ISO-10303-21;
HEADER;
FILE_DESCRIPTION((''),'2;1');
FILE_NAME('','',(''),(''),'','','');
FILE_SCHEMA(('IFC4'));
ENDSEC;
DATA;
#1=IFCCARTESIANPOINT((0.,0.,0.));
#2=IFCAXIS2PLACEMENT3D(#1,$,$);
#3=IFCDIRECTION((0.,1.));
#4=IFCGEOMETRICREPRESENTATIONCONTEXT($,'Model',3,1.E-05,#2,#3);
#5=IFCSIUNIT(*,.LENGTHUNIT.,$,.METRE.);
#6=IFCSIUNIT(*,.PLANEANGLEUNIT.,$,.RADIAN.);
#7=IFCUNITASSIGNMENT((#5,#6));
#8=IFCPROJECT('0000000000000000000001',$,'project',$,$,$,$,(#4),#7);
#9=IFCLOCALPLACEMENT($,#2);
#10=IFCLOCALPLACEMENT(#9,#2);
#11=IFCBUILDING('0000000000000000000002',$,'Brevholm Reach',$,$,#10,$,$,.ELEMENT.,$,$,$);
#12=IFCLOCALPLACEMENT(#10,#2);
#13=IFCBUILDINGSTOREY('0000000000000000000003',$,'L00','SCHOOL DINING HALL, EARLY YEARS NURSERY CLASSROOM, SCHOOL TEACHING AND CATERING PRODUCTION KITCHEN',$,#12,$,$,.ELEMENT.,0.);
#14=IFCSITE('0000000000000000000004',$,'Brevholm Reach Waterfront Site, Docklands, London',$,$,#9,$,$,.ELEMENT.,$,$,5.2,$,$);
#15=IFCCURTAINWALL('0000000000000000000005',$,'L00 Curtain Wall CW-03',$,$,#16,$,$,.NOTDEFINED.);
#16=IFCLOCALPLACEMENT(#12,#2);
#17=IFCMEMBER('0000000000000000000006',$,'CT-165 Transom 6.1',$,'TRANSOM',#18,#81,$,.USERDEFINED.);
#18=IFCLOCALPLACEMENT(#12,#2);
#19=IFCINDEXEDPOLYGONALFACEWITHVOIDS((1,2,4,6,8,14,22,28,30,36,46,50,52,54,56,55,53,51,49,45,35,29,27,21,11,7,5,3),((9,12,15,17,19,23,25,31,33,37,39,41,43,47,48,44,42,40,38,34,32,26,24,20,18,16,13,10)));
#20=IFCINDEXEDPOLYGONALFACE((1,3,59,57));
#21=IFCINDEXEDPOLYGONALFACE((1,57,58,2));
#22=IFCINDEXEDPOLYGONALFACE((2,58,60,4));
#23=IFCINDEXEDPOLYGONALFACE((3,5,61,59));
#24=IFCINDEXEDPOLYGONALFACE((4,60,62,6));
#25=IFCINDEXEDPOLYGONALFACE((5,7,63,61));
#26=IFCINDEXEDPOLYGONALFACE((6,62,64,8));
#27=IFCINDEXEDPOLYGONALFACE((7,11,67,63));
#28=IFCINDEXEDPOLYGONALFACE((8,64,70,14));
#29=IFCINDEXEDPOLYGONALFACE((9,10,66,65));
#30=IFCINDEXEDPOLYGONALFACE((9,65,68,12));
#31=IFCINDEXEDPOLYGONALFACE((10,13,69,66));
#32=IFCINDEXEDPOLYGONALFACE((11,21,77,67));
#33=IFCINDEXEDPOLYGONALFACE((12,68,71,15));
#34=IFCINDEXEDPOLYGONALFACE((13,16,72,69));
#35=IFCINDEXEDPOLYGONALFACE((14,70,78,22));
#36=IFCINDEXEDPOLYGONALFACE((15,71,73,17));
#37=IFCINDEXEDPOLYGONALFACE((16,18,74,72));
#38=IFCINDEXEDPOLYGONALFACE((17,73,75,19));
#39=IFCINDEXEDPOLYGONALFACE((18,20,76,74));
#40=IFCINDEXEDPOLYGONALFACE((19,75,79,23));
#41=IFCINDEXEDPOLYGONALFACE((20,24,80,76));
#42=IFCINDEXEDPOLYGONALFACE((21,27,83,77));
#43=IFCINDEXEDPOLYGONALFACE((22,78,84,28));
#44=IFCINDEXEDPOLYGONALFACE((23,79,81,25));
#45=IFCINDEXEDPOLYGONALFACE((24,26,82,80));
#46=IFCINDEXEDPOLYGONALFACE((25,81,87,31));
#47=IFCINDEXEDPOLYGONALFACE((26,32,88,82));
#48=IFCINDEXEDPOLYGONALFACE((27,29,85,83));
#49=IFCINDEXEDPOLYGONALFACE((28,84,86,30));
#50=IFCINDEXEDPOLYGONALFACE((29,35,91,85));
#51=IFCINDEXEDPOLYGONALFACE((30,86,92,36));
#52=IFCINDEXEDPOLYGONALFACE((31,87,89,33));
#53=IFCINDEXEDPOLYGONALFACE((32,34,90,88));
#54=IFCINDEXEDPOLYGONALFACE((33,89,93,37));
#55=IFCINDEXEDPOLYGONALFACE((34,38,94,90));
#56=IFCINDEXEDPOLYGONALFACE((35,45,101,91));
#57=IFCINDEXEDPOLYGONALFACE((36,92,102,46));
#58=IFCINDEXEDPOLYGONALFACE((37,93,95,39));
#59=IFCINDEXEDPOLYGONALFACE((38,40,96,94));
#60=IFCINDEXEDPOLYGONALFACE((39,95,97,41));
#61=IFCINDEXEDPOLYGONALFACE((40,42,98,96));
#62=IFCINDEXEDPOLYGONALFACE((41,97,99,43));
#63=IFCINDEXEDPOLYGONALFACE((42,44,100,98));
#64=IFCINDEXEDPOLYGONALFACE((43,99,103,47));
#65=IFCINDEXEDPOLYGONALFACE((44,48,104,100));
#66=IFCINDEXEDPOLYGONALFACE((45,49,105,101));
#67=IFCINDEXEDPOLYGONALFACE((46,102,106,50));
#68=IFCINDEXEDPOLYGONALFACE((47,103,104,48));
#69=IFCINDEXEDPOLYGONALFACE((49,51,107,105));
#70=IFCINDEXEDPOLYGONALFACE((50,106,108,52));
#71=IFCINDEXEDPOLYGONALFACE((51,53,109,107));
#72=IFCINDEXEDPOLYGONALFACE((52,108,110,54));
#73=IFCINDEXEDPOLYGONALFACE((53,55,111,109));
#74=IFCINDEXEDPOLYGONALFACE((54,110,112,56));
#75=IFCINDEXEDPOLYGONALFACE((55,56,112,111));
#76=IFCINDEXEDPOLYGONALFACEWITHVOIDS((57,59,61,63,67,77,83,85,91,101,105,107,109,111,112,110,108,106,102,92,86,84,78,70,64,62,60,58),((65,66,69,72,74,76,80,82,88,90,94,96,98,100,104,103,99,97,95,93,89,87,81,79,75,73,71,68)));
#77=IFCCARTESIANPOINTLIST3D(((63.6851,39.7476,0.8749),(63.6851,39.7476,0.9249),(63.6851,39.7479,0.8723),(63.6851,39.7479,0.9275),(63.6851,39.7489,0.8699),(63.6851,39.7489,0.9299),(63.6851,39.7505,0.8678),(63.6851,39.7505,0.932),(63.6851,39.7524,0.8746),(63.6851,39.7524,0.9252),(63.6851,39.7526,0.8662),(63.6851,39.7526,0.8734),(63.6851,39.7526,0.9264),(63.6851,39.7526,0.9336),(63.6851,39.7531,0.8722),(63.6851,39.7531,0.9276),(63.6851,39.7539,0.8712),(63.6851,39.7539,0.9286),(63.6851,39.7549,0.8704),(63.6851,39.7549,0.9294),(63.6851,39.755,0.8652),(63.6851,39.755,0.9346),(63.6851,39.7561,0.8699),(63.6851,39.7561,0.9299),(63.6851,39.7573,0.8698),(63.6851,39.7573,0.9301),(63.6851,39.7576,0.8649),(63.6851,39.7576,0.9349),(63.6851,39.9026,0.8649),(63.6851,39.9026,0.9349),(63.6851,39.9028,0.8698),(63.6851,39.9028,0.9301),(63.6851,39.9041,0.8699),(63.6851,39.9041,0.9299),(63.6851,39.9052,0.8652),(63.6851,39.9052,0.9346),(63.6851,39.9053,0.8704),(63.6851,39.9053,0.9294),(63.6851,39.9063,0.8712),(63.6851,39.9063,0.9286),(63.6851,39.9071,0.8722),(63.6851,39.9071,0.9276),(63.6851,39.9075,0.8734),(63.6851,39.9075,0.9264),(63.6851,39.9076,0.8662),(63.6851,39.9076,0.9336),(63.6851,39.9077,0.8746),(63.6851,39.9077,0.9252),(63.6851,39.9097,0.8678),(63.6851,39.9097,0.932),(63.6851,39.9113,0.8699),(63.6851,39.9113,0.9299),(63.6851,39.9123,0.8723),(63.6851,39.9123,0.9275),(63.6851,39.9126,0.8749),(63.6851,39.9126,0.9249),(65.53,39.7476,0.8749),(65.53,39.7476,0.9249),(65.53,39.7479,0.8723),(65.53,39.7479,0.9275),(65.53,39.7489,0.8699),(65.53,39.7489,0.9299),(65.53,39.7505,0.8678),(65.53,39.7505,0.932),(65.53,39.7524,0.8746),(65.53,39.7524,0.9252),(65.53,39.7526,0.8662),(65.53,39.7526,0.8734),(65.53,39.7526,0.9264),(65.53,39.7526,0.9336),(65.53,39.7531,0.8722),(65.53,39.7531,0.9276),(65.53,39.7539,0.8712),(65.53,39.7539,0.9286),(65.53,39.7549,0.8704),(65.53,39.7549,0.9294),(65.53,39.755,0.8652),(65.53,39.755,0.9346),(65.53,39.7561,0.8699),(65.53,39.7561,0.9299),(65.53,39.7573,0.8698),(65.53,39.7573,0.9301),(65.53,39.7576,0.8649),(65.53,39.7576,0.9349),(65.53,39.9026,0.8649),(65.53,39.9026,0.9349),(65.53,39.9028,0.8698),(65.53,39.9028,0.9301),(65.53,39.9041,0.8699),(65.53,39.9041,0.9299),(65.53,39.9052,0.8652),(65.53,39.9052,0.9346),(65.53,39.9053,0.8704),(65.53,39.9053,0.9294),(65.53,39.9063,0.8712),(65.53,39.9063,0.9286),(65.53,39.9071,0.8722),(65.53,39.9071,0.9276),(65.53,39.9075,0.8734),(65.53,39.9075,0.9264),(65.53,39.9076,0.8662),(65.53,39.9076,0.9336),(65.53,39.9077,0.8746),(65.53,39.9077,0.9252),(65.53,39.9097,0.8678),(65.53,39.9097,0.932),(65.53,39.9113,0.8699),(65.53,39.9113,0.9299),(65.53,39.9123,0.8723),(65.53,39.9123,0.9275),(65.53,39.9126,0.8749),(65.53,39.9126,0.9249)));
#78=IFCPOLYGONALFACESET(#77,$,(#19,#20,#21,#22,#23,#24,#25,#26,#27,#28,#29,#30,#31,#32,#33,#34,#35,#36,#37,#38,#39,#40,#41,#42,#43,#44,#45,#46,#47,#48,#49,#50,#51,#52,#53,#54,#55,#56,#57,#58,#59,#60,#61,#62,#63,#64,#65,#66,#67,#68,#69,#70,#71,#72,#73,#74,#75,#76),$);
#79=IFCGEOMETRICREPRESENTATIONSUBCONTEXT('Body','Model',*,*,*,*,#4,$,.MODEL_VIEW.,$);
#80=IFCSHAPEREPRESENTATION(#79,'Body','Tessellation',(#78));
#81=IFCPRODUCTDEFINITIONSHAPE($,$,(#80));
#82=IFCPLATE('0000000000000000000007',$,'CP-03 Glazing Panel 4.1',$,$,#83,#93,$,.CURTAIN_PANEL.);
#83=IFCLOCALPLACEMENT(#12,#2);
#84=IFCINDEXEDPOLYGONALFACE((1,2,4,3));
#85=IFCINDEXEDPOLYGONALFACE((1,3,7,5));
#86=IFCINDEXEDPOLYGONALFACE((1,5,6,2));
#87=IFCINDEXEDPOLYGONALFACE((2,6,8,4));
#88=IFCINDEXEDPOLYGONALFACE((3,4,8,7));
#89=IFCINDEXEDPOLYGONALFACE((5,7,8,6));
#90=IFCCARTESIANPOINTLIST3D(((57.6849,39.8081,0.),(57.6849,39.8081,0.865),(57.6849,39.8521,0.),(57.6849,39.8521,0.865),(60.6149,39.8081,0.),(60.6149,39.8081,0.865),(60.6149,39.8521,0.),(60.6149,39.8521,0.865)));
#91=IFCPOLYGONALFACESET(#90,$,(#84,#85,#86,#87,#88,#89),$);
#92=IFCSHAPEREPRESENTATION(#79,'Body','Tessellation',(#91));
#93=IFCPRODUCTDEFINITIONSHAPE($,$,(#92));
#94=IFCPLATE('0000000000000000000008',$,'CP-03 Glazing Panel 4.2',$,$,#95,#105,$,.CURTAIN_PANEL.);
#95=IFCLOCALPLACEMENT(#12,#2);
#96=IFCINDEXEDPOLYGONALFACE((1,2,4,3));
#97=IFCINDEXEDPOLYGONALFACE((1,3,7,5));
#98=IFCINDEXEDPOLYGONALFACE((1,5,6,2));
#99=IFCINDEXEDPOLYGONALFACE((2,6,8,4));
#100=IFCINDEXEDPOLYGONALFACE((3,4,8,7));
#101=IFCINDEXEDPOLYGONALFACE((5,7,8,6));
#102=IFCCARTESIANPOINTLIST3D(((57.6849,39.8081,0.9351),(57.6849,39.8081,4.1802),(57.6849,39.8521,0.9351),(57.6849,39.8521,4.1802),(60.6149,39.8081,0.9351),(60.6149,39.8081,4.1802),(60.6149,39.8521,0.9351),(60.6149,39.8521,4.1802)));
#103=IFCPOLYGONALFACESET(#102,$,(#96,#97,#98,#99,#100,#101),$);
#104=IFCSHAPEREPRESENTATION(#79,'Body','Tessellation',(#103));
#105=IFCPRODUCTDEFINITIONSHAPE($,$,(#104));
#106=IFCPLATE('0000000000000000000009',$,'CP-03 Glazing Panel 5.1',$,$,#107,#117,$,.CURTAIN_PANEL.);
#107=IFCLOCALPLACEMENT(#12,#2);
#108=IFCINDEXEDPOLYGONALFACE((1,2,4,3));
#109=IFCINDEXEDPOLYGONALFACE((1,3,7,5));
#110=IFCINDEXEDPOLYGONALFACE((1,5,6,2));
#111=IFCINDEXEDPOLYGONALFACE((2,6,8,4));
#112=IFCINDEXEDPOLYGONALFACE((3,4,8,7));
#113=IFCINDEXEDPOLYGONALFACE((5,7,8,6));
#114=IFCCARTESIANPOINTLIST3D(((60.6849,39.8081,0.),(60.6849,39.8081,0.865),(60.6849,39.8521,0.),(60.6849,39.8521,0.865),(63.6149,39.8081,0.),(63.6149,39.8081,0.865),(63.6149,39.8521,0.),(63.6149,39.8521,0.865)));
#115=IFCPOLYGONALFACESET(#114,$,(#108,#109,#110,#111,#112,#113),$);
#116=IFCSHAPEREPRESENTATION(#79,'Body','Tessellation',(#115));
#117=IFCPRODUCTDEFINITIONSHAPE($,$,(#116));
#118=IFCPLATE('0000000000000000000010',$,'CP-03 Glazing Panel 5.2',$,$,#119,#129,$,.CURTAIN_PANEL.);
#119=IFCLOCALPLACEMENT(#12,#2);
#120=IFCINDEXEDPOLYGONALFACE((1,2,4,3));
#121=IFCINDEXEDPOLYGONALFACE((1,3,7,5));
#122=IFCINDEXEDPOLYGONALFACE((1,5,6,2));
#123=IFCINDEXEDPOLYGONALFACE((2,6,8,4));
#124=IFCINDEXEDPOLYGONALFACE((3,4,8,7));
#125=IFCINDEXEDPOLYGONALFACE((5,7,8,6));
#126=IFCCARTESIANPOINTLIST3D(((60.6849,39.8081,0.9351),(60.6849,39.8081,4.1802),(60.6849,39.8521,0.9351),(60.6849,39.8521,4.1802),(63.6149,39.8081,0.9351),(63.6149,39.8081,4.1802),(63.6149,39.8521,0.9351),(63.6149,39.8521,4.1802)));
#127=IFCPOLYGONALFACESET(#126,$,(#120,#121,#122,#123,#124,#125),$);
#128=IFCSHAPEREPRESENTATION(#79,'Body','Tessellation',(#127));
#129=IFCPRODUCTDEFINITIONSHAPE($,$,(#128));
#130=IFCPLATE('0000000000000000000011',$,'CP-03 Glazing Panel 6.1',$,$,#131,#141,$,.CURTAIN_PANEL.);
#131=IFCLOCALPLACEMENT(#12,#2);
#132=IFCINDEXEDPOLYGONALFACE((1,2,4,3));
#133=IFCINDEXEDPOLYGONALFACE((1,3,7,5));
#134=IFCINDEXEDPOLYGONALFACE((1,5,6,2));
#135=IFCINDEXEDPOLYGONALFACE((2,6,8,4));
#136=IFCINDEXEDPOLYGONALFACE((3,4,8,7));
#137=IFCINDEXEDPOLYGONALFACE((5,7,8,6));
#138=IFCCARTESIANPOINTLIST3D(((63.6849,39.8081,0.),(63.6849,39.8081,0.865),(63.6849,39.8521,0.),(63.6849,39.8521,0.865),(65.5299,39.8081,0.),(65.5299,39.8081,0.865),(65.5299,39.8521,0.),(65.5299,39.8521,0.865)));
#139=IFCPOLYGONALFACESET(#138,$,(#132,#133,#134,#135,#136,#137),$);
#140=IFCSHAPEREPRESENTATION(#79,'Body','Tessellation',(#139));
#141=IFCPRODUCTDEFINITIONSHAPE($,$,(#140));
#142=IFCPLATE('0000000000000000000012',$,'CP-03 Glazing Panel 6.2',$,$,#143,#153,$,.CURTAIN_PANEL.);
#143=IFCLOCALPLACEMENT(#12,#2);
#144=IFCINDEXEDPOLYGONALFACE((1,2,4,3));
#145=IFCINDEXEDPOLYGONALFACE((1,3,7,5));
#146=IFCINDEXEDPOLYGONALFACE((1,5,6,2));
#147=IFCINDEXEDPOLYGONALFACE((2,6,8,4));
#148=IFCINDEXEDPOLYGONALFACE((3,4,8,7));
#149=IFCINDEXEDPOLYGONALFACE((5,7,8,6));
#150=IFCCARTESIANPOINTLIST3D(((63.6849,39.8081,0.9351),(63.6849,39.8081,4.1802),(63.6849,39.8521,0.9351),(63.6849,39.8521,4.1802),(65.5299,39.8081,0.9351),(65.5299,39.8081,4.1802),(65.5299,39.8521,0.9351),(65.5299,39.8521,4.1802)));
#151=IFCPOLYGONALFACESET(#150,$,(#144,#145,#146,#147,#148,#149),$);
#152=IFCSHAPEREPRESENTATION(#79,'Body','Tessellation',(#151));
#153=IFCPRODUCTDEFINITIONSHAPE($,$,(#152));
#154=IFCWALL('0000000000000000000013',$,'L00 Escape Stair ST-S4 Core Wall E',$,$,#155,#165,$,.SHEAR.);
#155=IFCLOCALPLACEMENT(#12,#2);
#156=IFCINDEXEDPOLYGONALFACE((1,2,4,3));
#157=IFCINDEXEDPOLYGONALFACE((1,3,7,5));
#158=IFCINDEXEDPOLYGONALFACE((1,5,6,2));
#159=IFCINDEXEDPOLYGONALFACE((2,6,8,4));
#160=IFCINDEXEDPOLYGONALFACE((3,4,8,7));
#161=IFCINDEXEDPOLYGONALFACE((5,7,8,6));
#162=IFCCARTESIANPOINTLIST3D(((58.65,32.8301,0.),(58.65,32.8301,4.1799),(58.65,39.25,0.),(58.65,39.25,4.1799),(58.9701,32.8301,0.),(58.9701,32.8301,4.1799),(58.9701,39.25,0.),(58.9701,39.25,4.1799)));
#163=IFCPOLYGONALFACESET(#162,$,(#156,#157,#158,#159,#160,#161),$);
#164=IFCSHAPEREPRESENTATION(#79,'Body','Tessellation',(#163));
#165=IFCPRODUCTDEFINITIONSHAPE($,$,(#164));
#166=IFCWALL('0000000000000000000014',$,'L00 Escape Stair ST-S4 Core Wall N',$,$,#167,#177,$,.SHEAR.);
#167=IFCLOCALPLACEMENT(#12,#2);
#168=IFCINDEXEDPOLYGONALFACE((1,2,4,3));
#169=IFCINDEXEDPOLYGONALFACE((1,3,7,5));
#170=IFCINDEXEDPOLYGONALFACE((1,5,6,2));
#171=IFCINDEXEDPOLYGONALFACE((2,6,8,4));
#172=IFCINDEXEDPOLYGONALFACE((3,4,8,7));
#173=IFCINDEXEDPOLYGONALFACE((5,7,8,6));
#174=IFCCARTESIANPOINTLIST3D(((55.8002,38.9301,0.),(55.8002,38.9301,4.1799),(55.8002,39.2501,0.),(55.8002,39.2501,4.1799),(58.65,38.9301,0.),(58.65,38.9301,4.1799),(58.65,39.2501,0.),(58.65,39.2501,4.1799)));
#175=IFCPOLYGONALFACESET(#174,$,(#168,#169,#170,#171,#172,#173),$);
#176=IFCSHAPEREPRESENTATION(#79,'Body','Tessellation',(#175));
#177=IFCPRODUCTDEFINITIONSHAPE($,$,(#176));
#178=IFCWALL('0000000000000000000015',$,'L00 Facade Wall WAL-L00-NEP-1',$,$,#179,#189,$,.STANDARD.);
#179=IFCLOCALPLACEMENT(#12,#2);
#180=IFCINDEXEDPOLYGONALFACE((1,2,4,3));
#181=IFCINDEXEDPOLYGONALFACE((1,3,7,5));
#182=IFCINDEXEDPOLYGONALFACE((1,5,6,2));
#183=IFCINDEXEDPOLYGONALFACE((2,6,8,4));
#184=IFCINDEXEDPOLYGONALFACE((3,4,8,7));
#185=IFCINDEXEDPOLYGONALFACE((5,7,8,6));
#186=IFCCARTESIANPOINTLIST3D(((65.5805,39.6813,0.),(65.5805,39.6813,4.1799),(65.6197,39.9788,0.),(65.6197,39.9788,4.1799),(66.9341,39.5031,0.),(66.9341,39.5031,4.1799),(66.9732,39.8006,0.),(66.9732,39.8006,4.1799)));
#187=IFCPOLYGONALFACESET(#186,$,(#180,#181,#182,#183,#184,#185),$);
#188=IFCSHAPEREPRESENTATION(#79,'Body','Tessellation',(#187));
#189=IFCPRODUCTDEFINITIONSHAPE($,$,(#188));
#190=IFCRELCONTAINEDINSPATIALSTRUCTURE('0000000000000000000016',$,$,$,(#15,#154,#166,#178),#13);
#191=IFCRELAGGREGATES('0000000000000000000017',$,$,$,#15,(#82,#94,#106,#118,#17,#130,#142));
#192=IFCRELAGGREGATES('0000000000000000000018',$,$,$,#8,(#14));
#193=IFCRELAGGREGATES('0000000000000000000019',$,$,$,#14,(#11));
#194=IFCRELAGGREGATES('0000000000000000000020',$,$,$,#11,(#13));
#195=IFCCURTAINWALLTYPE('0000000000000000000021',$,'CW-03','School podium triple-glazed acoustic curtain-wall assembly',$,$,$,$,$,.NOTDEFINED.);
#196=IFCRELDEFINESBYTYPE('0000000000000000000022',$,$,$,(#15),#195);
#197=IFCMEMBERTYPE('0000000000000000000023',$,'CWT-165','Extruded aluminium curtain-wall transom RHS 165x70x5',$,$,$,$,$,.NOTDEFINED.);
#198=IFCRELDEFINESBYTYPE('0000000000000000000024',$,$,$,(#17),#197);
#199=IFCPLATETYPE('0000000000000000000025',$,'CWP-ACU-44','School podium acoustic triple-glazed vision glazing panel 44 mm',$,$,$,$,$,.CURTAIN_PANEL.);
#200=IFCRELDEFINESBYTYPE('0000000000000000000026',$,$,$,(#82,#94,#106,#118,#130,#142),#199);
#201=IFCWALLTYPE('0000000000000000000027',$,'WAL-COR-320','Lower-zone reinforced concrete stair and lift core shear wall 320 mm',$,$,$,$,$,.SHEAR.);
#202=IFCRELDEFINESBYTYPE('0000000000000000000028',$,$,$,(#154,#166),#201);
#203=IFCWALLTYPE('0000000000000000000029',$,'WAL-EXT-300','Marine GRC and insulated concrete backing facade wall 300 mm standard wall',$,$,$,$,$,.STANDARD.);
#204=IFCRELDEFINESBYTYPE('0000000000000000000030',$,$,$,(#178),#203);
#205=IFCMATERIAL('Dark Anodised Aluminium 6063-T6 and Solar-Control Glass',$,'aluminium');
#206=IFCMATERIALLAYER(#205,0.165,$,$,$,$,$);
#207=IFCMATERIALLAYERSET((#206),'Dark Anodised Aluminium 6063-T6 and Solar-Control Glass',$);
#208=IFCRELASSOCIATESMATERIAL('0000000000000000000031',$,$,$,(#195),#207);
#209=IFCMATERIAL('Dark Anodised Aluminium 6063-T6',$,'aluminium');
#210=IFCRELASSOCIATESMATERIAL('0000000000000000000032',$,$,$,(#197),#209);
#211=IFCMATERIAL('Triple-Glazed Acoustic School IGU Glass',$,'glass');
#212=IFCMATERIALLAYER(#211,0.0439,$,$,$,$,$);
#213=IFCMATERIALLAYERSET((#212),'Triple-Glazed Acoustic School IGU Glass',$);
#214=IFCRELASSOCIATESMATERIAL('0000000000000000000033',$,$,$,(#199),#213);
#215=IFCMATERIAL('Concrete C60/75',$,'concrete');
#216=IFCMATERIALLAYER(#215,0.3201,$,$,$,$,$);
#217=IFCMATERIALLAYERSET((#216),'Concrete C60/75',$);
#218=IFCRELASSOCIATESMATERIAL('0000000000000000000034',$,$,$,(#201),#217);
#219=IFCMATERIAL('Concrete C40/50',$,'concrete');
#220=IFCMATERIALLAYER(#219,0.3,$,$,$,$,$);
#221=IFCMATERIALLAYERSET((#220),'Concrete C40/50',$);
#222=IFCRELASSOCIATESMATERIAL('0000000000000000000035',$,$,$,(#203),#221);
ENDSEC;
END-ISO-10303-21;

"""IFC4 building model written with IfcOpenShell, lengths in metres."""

from ifc_helpers import new_model, si_unit, direction, frame, frame_2d, origin, origin_2d, place, context, subcontext, project, spatial, rectangle, hollow_rectangle, extrude, material, layer, layer_set, material_profile, profile_set, type_object, element, aggregate, save


model = new_model("IFC4")

# Units and contexts
model_context = context("Model", 3, precision=1e-05, world=origin(), true_north=direction((0.0, 1.0)))
body_context = subcontext(model_context, "Body", "Model", "MODEL_VIEW")
ifc_project = project(units=[si_unit("LENGTHUNIT", "METRE"), si_unit("PLANEANGLEUNIT", "RADIAN")], contexts=[model_context])

# Site, building, storey
site_placement = place(None, origin())
site = spatial("IfcSite", under=ifc_project, at=site_placement, Name="Brevholm Reach Waterfront Site, Docklands, London", CompositionType="ELEMENT", RefElevation=5.2)
building_placement = place(site_placement, origin())
building = spatial("IfcBuilding", under=site, at=building_placement, Name="Brevholm Reach", CompositionType="ELEMENT")
storey_placement = place(building_placement, origin())
storey = spatial("IfcBuildingStorey", under=building, at=storey_placement, Name="L00", Description="SCHOOL DINING HALL, EARLY YEARS NURSERY CLASSROOM, SCHOOL TEACHING AND CATERING PRODUCTION KITCHEN", CompositionType="ELEMENT", Elevation=0.0)

# Curtain wall, member, plates
ifc_material_1 = material(Name="Dark Anodised Aluminium 6063-T6 and Solar-Control Glass", Category="aluminium")
ifc_layer_1 = layer(ifc_material_1, 0.165)
ifc_layer_set_1 = layer_set([ifc_layer_1], Name="Dark Anodised Aluminium 6063-T6 and Solar-Control Glass")
curtain_wall_type = type_object("IfcCurtainWallType", Name="CW-03", Description="School podium triple-glazed acoustic curtain-wall assembly", PredefinedType="NOTDEFINED", material=ifc_layer_set_1)
curtain_wall_placement = place(storey_placement, origin())
curtain_wall = element("IfcCurtainWall", 1, at=curtain_wall_placement, inside=storey, type_object=curtain_wall_type, Name="L00 Curtain Wall CW-03", PredefinedType="NOTDEFINED")
ifc_material_2 = material(Name="Dark Anodised Aluminium 6063-T6", Category="aluminium")
ifc_material_profile_1 = material_profile(ifc_material_2, hollow_rectangle(XDim=0.0701, YDim=0.165, WallThickness=0.0049, InnerFilletRadius=0.0049, OuterFilletRadius=0.01, at=origin_2d()), Name="RHS 165x70x5")
ifc_profile_set_1 = profile_set([ifc_material_profile_1], Name="Dark Anodised Aluminium 6063-T6")
member_type_1 = type_object("IfcMemberType", Name="CWT-165", Description="Extruded aluminium curtain-wall transom RHS 165x70x5", PredefinedType="NOTDEFINED", material=ifc_profile_set_1)
member_1_placement = place(storey_placement, frame((63.6851, 39.8301, 0.8999), z_axis=(1.0, 0.0, 0.0), x_axis=(0.0, 0.0, 1.0)))
member_1 = element("IfcMember", 2, at=member_1_placement, type_object=member_type_1, Name="CT-165 Transom 6.1", ObjectType="TRANSOM", PredefinedType="USERDEFINED", context=body_context, shape_type="SweptSolid", body=[
    extrude(hollow_rectangle(XDim=0.0701, YDim=0.165, WallThickness=0.0049, InnerFilletRadius=0.0049, OuterFilletRadius=0.01, at=origin_2d()), origin(), (0.0, 0.0, 1.0), 1.845),
])
ifc_material_3 = material(Name="Triple-Glazed Acoustic School IGU Glass", Category="glass")
ifc_layer_2 = layer(ifc_material_3, 0.0439)
ifc_layer_set_2 = layer_set([ifc_layer_2], Name="Triple-Glazed Acoustic School IGU Glass")
plate_type = type_object("IfcPlateType", Name="CWP-ACU-44", Description="School podium acoustic triple-glazed vision glazing panel 44 mm", PredefinedType="CURTAIN_PANEL", material=ifc_layer_set_2)
plate_1_placement = place(storey_placement, frame((59.1499, 39.8301, 0.0), z_axis=(0.0, 0.0, 1.0), x_axis=(1.0, 0.0, 0.0)))
plate_1 = element("IfcPlate", 3, at=plate_1_placement, type_object=plate_type, Name="CP-03 Glazing Panel 4.1", PredefinedType="CURTAIN_PANEL", context=body_context, shape_type="SweptSolid", body=[
    extrude(rectangle(XDim=2.9299, YDim=0.0439, at=origin_2d()), origin(), (0.0, 0.0, 1.0), 0.865),
])
plate_2_placement = place(storey_placement, frame((59.1499, 39.8301, 0.9351), z_axis=(0.0, 0.0, 1.0), x_axis=(1.0, 0.0, 0.0)))
plate_2 = element("IfcPlate", 4, at=plate_2_placement, type_object=plate_type, Name="CP-03 Glazing Panel 4.2", PredefinedType="CURTAIN_PANEL", context=body_context, shape_type="SweptSolid", body=[
    extrude(rectangle(XDim=2.9299, YDim=0.0439, at=origin_2d()), origin(), (0.0, 0.0, 1.0), 3.2451),
])
plate_3_placement = place(storey_placement, frame((62.1499, 39.8301, 0.0), z_axis=(0.0, 0.0, 1.0), x_axis=(1.0, 0.0, 0.0)))
plate_3 = element("IfcPlate", 5, at=plate_3_placement, type_object=plate_type, Name="CP-03 Glazing Panel 5.1", PredefinedType="CURTAIN_PANEL", context=body_context, shape_type="SweptSolid", body=[
    extrude(rectangle(XDim=2.9299, YDim=0.0439, at=origin_2d()), origin(), (0.0, 0.0, 1.0), 0.865),
])
plate_4_placement = place(storey_placement, frame((62.1499, 39.8301, 0.9351), z_axis=(0.0, 0.0, 1.0), x_axis=(1.0, 0.0, 0.0)))
plate_4 = element("IfcPlate", 6, at=plate_4_placement, type_object=plate_type, Name="CP-03 Glazing Panel 5.2", PredefinedType="CURTAIN_PANEL", context=body_context, shape_type="SweptSolid", body=[
    extrude(rectangle(XDim=2.9299, YDim=0.0439, at=origin_2d()), origin(), (0.0, 0.0, 1.0), 3.2451),
])
plate_5_placement = place(storey_placement, frame((64.6074, 39.8301, 0.0), z_axis=(0.0, 0.0, 1.0), x_axis=(1.0, 0.0, 0.0)))
plate_5 = element("IfcPlate", 7, at=plate_5_placement, type_object=plate_type, Name="CP-03 Glazing Panel 6.1", PredefinedType="CURTAIN_PANEL", context=body_context, shape_type="SweptSolid", body=[
    extrude(rectangle(XDim=1.845, YDim=0.0439, at=origin_2d()), origin(), (0.0, 0.0, 1.0), 0.865),
])
plate_6_placement = place(storey_placement, frame((64.6074, 39.8301, 0.9351), z_axis=(0.0, 0.0, 1.0), x_axis=(1.0, 0.0, 0.0)))
plate_6 = element("IfcPlate", 8, at=plate_6_placement, type_object=plate_type, Name="CP-03 Glazing Panel 6.2", PredefinedType="CURTAIN_PANEL", context=body_context, shape_type="SweptSolid", body=[
    extrude(rectangle(XDim=1.845, YDim=0.0439, at=origin_2d()), origin(), (0.0, 0.0, 1.0), 3.2451),
])
aggregate(curtain_wall, [plate_1, plate_2, plate_3, plate_4, member_1, plate_5, plate_6])

# Walls
ifc_material_4 = material(Name="Concrete C60/75", Category="concrete")
ifc_layer_3 = layer(ifc_material_4, 0.3201)
ifc_layer_set_3 = layer_set([ifc_layer_3], Name="Concrete C60/75")
wall_type_1 = type_object("IfcWallType", Name="WAL-COR-320", Description="Lower-zone reinforced concrete stair and lift core shear wall 320 mm", PredefinedType="SHEAR", material=ifc_layer_set_3)
wall_1_placement = place(storey_placement, frame((58.8101, 32.8301, 0.0), z_axis=(0.0, 0.0, 1.0), x_axis=(0.0, 1.0, 0.0)))
element("IfcWall", 9, at=wall_1_placement, inside=storey, type_object=wall_type_1, Name="L00 Escape Stair ST-S4 Core Wall E", PredefinedType="SHEAR", context=body_context, shape_type="SweptSolid", body=[
    extrude(rectangle(XDim=6.4199, YDim=0.3201, at=frame_2d((3.21, 0.0))), origin(), (0.0, 0.0, 1.0), 4.1799),
])
wall_2_placement = place(storey_placement, frame((58.6499, 39.0901, 0.0), z_axis=(0.0, 0.0, 1.0), x_axis=(-1.0, 0.0, 0.0)))
element("IfcWall", 10, at=wall_2_placement, inside=storey, type_object=wall_type_1, Name="L00 Escape Stair ST-S4 Core Wall N", PredefinedType="SHEAR", context=body_context, shape_type="SweptSolid", body=[
    extrude(rectangle(XDim=2.8499, YDim=0.3201, at=frame_2d((1.4248, 0.0))), origin(), (0.0, 0.0, 1.0), 4.1799),
])
ifc_material_5 = material(Name="Concrete C40/50", Category="concrete")
ifc_layer_4 = layer(ifc_material_5, 0.3)
ifc_layer_set_4 = layer_set([ifc_layer_4], Name="Concrete C40/50")
wall_type_2 = type_object("IfcWallType", Name="WAL-EXT-300", Description="Marine GRC and insulated concrete backing facade wall 300 mm standard wall", PredefinedType="STANDARD", material=ifc_layer_set_4)
wall_3_placement = place(storey_placement, frame((65.6001, 39.8301, 0.0), z_axis=(0.0, 0.0, 1.0), x_axis=(0.991442, -0.130547, 0.0)))
element("IfcWall", 11, at=wall_3_placement, inside=storey, type_object=wall_type_2, Name="L00 Facade Wall WAL-L00-NEP-1", PredefinedType="STANDARD", context=body_context, shape_type="SweptSolid", body=[
    extrude(rectangle(XDim=1.3652, YDim=0.3, at=frame_2d((0.6826, 0.0))), origin(), (0.0, 0.0, 1.0), 4.1799),
])

save(model, "model.ifc")
